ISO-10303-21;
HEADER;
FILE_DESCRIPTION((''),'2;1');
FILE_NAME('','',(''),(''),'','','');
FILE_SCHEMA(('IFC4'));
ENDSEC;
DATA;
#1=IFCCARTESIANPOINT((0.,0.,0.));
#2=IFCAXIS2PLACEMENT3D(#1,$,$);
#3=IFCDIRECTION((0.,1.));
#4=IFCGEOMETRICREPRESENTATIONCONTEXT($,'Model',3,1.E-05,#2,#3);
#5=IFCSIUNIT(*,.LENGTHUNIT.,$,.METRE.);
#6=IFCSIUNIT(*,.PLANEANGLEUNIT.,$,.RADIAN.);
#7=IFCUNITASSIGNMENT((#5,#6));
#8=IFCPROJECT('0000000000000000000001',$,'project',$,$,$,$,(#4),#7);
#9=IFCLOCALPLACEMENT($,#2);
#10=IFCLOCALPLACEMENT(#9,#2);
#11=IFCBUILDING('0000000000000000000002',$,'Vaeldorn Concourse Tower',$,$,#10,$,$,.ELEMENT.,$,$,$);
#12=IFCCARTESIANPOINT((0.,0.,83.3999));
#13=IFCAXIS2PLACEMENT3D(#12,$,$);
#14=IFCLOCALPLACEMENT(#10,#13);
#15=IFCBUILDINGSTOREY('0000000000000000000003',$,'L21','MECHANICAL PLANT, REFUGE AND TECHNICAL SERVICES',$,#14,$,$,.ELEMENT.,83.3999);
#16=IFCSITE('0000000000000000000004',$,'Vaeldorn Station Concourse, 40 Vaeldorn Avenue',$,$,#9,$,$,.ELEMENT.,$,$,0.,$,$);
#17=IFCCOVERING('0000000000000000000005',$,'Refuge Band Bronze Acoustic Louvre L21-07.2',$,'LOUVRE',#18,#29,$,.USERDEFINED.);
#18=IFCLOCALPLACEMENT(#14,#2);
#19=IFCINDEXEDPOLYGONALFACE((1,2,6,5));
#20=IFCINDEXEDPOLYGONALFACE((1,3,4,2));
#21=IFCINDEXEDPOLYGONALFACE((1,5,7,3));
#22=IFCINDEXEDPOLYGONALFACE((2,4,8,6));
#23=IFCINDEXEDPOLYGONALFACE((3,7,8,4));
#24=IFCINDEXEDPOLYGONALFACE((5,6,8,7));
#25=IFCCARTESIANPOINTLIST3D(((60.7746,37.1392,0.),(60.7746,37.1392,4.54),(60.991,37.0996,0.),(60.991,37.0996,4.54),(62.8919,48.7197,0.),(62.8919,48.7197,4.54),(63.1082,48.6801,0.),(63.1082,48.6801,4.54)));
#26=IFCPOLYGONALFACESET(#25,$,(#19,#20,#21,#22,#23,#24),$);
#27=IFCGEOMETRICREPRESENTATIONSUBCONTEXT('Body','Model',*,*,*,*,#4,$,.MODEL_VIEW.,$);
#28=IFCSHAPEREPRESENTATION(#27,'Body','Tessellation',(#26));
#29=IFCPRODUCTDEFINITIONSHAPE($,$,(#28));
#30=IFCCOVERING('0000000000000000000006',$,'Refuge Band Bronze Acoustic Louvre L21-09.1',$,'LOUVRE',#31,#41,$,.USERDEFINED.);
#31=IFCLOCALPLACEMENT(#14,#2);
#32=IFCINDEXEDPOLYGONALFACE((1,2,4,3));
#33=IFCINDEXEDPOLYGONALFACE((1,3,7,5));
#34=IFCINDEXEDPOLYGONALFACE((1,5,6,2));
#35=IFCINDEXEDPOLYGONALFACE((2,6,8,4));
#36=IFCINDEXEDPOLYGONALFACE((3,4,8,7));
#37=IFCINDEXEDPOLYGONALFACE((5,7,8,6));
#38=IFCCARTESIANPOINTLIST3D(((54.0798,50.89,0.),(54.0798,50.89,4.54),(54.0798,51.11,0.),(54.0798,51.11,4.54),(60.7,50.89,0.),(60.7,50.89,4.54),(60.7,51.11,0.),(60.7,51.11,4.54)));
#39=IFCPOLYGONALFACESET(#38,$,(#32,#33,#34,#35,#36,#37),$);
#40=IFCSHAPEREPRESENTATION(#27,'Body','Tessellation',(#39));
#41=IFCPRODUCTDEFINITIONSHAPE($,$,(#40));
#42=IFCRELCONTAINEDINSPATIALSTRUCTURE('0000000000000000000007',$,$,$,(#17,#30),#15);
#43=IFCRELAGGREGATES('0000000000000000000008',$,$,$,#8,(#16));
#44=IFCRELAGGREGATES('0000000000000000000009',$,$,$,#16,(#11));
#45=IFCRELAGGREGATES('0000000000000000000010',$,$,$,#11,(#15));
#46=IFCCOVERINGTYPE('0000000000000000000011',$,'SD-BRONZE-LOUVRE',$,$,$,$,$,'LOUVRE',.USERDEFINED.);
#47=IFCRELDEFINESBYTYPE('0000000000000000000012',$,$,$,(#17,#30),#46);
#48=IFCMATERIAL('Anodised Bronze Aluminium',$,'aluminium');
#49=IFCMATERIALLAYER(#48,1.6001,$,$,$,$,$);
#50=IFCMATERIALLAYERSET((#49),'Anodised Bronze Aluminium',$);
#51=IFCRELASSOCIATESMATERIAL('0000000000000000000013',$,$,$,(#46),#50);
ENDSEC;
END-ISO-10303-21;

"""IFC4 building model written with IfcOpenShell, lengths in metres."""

from ifc_helpers import new_model, si_unit, direction, frame, origin, origin_2d, place, context, subcontext, project, spatial, rectangle, extrude, source, transform, mapped, material, layer, layer_set, type_object, element, save


model = new_model("IFC4")

# Units and contexts
model_context = context("Model", 3, precision=1e-05, world=origin(), true_north=direction((0.0, 1.0)))
body_context = subcontext(model_context, "Body", "Model", "MODEL_VIEW")
ifc_project = project(units=[si_unit("LENGTHUNIT", "METRE"), si_unit("PLANEANGLEUNIT", "RADIAN")], contexts=[model_context])

# Site, building, storey
site_placement = place(None, origin())
site = spatial("IfcSite", under=ifc_project, at=site_placement, Name="Vaeldorn Station Concourse, 40 Vaeldorn Avenue", CompositionType="ELEMENT", RefElevation=0.0)
building_placement = place(site_placement, origin())
building = spatial("IfcBuilding", under=site, at=building_placement, Name="Vaeldorn Concourse Tower", CompositionType="ELEMENT")
storey_placement = place(building_placement, frame((0.0, 0.0, 83.3999)))
storey = spatial("IfcBuildingStorey", under=building, at=storey_placement, Name="L21", Description="MECHANICAL PLANT, REFUGE AND TECHNICAL SERVICES", CompositionType="ELEMENT", Elevation=83.3999)

# Shared definitions
ifc_material_1 = material(Name="Anodised Bronze Aluminium", Category="aluminium")

# Coverings
ifc_layer_1 = layer(ifc_material_1, 1.6001)
ifc_layer_set_1 = layer_set([ifc_layer_1], Name="Anodised Bronze Aluminium")
covering_type = type_object("IfcCoveringType", Name="SD-BRONZE-LOUVRE", ElementType="LOUVRE", PredefinedType="USERDEFINED", material=ifc_layer_set_1)
shared_shape_1 = source(origin(), body_context, "Body", "SweptSolid", [
    extrude(rectangle(XDim=11.7725, YDim=0.22, at=origin_2d()), origin(), (0.0, 0.0, 1.0), 4.54),
])
covering_1_placement = place(storey_placement, frame((61.9414, 42.9097, 0.0), z_axis=(0.0, 0.0, 1.0), x_axis=(0.17985, 0.983694, 0.0)))
element("IfcCovering", 1, at=covering_1_placement, inside=storey, type_object=covering_type, Name="Refuge Band Bronze Acoustic Louvre L21-07.2", ObjectType="LOUVRE", PredefinedType="USERDEFINED", context=body_context, shape_type="MappedRepresentation", body=[
    mapped(shared_shape_1, transform((0.0, 0.0, 0.0), scale=1.0)),
])
shared_shape_2 = source(origin(), body_context, "Body", "SweptSolid", [
    extrude(rectangle(XDim=6.6201, YDim=0.22, at=origin_2d()), origin(), (0.0, 0.0, 1.0), 4.54),
])
covering_2_placement = place(storey_placement, frame((57.3899, 51.0, 0.0), z_axis=(0.0, 0.0, 1.0), x_axis=(-1.0, 0.0, 0.0)))
element("IfcCovering", 2, at=covering_2_placement, inside=storey, type_object=covering_type, Name="Refuge Band Bronze Acoustic Louvre L21-09.1", ObjectType="LOUVRE", PredefinedType="USERDEFINED", context=body_context, shape_type="MappedRepresentation", body=[
    mapped(shared_shape_2, transform((0.0, 0.0, 0.0), scale=1.0)),
])

save(model, "model.ifc")
